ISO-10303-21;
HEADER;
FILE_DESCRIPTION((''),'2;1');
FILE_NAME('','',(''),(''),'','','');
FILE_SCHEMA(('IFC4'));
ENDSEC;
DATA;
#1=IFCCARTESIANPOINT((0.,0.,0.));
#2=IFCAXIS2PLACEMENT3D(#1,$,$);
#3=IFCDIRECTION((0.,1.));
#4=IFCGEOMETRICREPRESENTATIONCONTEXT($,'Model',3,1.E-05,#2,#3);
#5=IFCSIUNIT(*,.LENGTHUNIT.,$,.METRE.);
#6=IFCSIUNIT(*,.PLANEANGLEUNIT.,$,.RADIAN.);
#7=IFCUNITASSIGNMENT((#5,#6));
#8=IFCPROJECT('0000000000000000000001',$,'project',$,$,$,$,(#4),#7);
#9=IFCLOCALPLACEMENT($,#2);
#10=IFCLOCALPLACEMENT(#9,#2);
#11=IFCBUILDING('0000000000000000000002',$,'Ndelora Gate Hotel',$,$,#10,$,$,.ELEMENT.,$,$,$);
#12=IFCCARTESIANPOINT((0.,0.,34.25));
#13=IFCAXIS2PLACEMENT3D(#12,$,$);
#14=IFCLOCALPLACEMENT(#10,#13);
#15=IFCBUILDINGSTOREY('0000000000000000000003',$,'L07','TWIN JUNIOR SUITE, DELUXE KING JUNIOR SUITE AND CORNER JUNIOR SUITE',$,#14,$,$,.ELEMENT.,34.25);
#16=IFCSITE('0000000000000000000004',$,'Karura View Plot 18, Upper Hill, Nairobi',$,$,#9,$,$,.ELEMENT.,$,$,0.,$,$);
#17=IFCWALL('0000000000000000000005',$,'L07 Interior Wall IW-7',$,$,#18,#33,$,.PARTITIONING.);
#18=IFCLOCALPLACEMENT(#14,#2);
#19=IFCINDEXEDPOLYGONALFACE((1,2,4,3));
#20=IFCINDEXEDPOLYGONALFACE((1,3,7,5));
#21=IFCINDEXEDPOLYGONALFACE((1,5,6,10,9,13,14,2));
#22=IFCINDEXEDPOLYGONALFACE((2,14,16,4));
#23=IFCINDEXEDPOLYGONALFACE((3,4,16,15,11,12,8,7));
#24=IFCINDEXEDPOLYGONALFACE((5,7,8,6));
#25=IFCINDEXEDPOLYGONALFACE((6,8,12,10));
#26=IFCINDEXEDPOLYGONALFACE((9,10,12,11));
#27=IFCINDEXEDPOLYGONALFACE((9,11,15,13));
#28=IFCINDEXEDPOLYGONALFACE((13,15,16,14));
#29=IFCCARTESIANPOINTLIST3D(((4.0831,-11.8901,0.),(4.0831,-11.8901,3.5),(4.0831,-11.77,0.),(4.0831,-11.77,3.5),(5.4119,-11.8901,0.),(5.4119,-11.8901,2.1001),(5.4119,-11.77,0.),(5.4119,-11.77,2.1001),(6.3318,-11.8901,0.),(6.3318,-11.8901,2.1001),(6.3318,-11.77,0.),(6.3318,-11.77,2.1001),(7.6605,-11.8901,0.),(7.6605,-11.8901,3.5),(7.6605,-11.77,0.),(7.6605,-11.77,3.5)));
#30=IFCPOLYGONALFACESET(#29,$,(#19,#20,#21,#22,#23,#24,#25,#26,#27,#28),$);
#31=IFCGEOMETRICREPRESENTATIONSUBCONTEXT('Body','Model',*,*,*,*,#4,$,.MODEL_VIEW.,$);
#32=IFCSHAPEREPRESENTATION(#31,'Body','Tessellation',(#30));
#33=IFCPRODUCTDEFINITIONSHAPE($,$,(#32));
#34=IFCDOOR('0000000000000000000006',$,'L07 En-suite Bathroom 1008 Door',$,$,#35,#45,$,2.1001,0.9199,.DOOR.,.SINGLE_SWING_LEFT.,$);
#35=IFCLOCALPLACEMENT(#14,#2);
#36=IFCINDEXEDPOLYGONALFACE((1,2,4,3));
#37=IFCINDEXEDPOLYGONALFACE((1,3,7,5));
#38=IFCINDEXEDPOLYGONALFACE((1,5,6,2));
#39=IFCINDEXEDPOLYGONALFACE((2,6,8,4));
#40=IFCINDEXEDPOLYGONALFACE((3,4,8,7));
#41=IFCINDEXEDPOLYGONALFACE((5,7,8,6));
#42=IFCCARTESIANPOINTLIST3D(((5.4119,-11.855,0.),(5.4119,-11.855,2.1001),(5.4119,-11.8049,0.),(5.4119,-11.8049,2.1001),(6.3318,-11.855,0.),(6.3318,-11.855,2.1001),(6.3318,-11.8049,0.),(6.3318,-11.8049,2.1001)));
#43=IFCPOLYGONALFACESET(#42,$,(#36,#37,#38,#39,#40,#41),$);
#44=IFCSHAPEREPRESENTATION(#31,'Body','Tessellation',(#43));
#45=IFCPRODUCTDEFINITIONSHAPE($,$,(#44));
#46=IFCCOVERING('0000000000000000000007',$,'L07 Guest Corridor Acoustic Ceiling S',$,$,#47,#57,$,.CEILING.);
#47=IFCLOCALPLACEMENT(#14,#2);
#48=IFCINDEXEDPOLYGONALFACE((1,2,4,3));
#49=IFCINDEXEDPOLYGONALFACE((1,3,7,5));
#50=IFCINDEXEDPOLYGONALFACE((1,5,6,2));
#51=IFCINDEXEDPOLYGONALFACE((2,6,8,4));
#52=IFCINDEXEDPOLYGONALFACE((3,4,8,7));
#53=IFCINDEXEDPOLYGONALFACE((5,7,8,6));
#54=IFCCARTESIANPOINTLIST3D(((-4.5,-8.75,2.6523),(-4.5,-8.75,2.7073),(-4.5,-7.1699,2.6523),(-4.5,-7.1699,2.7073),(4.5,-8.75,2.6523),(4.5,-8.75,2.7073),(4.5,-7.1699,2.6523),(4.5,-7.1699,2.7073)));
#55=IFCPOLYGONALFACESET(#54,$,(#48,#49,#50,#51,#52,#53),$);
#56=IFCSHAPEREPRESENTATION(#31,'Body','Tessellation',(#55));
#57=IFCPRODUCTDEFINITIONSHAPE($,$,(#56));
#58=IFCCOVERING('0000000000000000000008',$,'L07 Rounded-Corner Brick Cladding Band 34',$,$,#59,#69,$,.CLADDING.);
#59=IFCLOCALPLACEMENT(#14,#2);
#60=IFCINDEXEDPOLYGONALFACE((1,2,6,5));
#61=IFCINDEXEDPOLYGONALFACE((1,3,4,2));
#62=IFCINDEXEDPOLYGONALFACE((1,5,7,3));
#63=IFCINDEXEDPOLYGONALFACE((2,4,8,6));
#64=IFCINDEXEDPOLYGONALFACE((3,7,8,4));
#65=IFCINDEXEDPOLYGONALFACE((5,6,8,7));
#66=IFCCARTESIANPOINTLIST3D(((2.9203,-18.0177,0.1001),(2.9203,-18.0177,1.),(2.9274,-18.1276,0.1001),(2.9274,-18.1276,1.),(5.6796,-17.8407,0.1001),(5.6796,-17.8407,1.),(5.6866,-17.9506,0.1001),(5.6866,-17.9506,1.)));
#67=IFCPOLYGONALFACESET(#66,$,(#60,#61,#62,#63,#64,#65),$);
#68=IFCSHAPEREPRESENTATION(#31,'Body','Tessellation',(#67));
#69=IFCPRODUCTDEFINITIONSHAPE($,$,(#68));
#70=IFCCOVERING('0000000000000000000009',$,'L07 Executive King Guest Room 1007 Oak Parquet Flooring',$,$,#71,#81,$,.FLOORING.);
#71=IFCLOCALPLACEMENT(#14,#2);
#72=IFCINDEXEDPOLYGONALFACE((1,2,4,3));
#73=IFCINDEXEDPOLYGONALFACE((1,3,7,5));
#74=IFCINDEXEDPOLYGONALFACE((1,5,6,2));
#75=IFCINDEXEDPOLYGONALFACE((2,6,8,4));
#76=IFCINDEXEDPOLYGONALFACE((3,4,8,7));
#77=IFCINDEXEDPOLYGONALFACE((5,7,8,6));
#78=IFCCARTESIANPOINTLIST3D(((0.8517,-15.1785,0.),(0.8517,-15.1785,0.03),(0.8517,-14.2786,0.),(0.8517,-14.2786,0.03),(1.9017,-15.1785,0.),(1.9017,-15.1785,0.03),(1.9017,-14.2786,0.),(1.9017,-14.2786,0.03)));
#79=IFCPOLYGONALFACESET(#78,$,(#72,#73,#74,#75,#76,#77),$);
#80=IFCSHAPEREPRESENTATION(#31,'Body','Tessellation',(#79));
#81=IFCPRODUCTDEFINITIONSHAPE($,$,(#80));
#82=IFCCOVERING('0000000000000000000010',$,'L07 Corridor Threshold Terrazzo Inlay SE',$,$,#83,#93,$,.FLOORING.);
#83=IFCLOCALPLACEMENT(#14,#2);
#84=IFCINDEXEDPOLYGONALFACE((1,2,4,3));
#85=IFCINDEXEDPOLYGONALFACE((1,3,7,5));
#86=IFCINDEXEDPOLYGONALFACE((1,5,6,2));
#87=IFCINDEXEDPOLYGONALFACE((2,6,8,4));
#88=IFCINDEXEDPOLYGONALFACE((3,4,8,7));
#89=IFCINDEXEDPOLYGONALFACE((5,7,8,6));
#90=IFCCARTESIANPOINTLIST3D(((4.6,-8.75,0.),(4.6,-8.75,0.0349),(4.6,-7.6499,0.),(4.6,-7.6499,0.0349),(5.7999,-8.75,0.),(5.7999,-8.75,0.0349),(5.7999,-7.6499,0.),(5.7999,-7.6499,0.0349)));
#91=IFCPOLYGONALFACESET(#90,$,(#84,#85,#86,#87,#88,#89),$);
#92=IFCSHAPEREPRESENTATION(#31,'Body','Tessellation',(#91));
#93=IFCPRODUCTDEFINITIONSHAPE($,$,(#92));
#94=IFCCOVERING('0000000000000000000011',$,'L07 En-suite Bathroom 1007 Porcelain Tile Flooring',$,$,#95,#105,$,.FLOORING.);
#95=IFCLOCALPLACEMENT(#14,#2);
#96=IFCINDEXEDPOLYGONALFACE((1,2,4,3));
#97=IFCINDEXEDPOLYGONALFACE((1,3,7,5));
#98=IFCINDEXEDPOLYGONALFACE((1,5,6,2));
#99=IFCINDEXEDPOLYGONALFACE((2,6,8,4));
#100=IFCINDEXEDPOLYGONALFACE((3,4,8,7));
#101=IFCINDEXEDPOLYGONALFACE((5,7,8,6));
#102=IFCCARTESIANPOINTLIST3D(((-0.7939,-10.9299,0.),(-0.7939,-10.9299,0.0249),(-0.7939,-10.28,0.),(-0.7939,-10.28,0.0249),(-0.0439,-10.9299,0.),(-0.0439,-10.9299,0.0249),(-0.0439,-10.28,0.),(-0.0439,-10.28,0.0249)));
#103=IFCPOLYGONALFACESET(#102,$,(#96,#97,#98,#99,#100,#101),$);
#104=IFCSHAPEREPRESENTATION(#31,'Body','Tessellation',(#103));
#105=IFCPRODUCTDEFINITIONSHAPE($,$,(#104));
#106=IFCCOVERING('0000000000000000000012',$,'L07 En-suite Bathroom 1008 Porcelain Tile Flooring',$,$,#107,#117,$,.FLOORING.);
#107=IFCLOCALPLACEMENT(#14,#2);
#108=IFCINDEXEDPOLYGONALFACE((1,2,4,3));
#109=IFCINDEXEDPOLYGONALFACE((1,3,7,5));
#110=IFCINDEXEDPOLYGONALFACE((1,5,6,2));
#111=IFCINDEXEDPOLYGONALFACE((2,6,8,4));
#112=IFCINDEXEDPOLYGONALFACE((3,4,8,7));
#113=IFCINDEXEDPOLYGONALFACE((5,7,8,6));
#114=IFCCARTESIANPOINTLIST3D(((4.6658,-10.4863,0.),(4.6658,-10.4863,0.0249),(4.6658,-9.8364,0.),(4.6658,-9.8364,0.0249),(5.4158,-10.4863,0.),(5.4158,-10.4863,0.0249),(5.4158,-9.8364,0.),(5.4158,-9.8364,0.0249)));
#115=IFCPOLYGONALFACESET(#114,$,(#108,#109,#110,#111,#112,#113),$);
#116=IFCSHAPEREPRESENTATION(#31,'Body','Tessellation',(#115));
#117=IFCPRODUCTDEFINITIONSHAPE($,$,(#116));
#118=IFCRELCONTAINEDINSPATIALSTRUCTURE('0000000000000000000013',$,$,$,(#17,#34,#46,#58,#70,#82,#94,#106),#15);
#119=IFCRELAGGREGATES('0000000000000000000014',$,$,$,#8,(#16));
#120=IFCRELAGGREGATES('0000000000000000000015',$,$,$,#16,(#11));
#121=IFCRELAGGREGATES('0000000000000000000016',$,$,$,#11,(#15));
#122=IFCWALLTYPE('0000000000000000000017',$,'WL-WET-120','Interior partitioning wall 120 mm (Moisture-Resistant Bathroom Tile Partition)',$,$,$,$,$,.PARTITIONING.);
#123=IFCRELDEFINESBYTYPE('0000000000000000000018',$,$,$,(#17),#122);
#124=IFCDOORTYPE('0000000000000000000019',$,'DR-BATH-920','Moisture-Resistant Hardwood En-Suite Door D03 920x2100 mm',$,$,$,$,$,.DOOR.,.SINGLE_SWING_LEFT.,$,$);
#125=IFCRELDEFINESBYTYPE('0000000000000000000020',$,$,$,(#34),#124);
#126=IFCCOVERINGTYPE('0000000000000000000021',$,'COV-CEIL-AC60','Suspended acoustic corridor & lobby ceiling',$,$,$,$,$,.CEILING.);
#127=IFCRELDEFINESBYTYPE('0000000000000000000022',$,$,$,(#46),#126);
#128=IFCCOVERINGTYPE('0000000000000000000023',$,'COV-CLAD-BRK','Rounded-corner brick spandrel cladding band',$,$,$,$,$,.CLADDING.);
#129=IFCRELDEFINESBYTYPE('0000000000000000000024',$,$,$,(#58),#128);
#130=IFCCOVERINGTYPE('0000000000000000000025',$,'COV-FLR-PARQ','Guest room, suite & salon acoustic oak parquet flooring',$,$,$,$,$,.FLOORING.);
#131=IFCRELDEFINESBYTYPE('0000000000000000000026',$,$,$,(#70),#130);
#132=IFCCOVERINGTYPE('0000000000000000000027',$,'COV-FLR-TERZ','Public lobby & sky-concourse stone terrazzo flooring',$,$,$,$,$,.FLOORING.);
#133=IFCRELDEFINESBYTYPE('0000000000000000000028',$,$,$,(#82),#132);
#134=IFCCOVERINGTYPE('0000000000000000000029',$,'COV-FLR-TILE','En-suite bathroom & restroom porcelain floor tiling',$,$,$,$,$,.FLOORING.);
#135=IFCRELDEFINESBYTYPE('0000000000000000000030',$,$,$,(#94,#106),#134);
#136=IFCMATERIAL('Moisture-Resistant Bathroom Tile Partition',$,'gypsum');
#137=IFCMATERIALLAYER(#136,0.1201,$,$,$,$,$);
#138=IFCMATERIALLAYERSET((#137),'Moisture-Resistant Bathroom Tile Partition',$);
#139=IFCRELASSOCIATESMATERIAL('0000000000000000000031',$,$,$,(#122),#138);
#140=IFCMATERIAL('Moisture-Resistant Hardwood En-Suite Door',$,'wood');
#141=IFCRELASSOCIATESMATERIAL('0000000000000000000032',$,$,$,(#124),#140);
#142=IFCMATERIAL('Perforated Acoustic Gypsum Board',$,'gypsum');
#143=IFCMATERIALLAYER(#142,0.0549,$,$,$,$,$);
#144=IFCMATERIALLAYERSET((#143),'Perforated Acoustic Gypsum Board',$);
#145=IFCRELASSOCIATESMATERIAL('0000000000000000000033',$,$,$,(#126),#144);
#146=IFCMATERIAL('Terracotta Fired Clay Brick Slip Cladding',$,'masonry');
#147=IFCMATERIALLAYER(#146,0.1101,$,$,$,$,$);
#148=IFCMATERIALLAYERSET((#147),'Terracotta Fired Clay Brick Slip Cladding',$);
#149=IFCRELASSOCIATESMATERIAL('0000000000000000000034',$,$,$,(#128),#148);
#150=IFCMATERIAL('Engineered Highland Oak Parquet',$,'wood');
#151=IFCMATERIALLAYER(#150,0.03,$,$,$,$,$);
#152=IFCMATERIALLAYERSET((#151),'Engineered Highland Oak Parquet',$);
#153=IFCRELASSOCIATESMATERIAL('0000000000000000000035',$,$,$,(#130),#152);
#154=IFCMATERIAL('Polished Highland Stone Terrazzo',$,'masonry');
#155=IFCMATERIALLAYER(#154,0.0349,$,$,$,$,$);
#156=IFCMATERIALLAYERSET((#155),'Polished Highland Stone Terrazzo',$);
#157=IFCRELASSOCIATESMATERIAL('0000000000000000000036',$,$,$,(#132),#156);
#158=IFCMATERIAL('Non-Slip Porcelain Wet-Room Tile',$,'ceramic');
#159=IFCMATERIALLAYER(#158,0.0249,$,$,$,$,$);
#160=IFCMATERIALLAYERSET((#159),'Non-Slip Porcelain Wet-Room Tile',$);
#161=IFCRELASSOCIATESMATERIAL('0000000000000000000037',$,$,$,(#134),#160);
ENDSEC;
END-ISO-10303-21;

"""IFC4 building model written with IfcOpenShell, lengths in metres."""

from ifc_helpers import new_model, si_unit, direction, frame, frame_2d, origin, origin_2d, place, context, subcontext, project, spatial, rectangle, extrude, material, layer, layer_set, type_object, element, fill, save


model = new_model("IFC4")

# Units and contexts
model_context = context("Model", 3, precision=1e-05, world=origin(), true_north=direction((0.0, 1.0)))
body_context = subcontext(model_context, "Body", "Model", "MODEL_VIEW")
ifc_project = project(units=[si_unit("LENGTHUNIT", "METRE"), si_unit("PLANEANGLEUNIT", "RADIAN")], contexts=[model_context])

# Site, building, storey
site_placement = place(None, origin())
site = spatial("IfcSite", under=ifc_project, at=site_placement, Name="Karura View Plot 18, Upper Hill, Nairobi", CompositionType="ELEMENT", RefElevation=0.0)
building_placement = place(site_placement, origin())
building = spatial("IfcBuilding", under=site, at=building_placement, Name="Ndelora Gate Hotel", CompositionType="ELEMENT")
storey_placement = place(building_placement, frame((0.0, 0.0, 34.25)))
storey = spatial("IfcBuildingStorey", under=building, at=storey_placement, Name="L07", Description="TWIN JUNIOR SUITE, DELUXE KING JUNIOR SUITE AND CORNER JUNIOR SUITE", CompositionType="ELEMENT", Elevation=34.25)

# Shared definitions
ifc_material_1 = material(Name="Moisture-Resistant Bathroom Tile Partition", Category="gypsum")
ifc_layer_1 = layer(ifc_material_1, 0.1201)
ifc_layer_set_1 = layer_set([ifc_layer_1], Name="Moisture-Resistant Bathroom Tile Partition")
wall_type_1 = type_object("IfcWallType", Name="WL-WET-120", Description="Interior partitioning wall 120 mm (Moisture-Resistant Bathroom Tile Partition)", PredefinedType="PARTITIONING", material=ifc_layer_set_1)

# Shared definitions
ifc_material_2 = material(Name="Moisture-Resistant Hardwood En-Suite Door", Category="wood")
door_type = type_object("IfcDoorType", Name="DR-BATH-920", Description="Moisture-Resistant Hardwood En-Suite Door D03 920x2100 mm", OperationType="SINGLE_SWING_LEFT", PredefinedType="DOOR", material=ifc_material_2)

# Wall, opening, door
wall_1_placement = place(storey_placement, frame((7.6604, -11.8301, 0.0), z_axis=(0.0, 0.0, 1.0), x_axis=(-1.0, 0.0, 0.0)))
wall_1 = element("IfcWall", 1, at=wall_1_placement, inside=storey, type_object=wall_type_1, Name="L07 Interior Wall IW-7", PredefinedType="PARTITIONING", context=body_context, shape_type="SweptSolid", body=[
    extrude(rectangle(XDim=3.5774, YDim=0.1201, at=frame_2d((1.7886, 0.0))), origin(), (0.0, 0.0, 1.0), 3.5),
])
opening_1_placement = place(wall_1_placement, frame((1.3286, 0.0, 0.0)))
opening_1 = element("IfcOpeningElement", 2, at=opening_1_placement, cuts=wall_1, PredefinedType="OPENING", context=body_context, shape_type="SweptSolid", body=[
    extrude(rectangle(XDim=0.9199, YDim=2.1001, at=frame_2d((0.46, 1.05))), frame((0.0, 0.0701, 0.0), z_axis=(0.0, -1.0, 0.0), x_axis=(1.0, 0.0, 0.0)), (0.0, 0.0, 1.0), 0.1401),
])
door_1_placement = place(opening_1_placement, origin())
door_1 = element("IfcDoor", 3, at=door_1_placement, inside=storey, type_object=door_type, Name="L07 En-suite Bathroom 1008 Door", OperationType="SINGLE_SWING_LEFT", OverallHeight=2.1001, OverallWidth=0.9199, PredefinedType="DOOR", context=body_context, shape_type="SweptSolid", body=[
    extrude(rectangle(XDim=0.9199, YDim=2.1001, at=frame_2d((0.46, 1.05))), frame((0.0, 0.0249, 0.0), z_axis=(0.0, -1.0, 0.0), x_axis=(1.0, 0.0, 0.0)), (0.0, 0.0, 1.0), 0.05),
])
fill(opening_1, door_1)

# Coverings
ifc_material_3 = material(Name="Perforated Acoustic Gypsum Board", Category="gypsum")
ifc_layer_2 = layer(ifc_material_3, 0.0549)
ifc_layer_set_2 = layer_set([ifc_layer_2], Name="Perforated Acoustic Gypsum Board")
covering_type_1 = type_object("IfcCoveringType", Name="COV-CEIL-AC60", Description="Suspended acoustic corridor & lobby ceiling", PredefinedType="CEILING", material=ifc_layer_set_2)
covering_1_placement = place(storey_placement, frame((0.0, -7.96, 2.6523), z_axis=(0.0, 0.0, 1.0), x_axis=(1.0, 0.0, 0.0)))
element("IfcCovering", 4, at=covering_1_placement, inside=storey, type_object=covering_type_1, Name="L07 Guest Corridor Acoustic Ceiling S", PredefinedType="CEILING", context=body_context, shape_type="SweptSolid", body=[
    extrude(rectangle(XDim=9.0, YDim=1.5801, at=origin_2d()), origin(), (0.0, 0.0, 1.0), 0.0549),
])
ifc_material_4 = material(Name="Terracotta Fired Clay Brick Slip Cladding", Category="masonry")
ifc_layer_3 = layer(ifc_material_4, 0.1101)
ifc_layer_set_3 = layer_set([ifc_layer_3], Name="Terracotta Fired Clay Brick Slip Cladding")
covering_type_2 = type_object("IfcCoveringType", Name="COV-CLAD-BRK", Description="Rounded-corner brick spandrel cladding band", PredefinedType="CLADDING", material=ifc_layer_set_3)
covering_2_placement = place(storey_placement, frame((4.3035, -17.9841, 0.1001), z_axis=(0.0, 0.0, 1.0), x_axis=(0.997949, 0.06401, 0.0)))
element("IfcCovering", 5, at=covering_2_placement, inside=storey, type_object=covering_type_2, Name="L07 Rounded-Corner Brick Cladding Band 34", PredefinedType="CLADDING", context=body_context, shape_type="SweptSolid", body=[
    extrude(rectangle(XDim=2.7649, YDim=0.1101, at=origin_2d()), origin(), (0.0, 0.0, 1.0), 0.8999),
])
ifc_material_5 = material(Name="Engineered Highland Oak Parquet", Category="wood")
ifc_layer_4 = layer(ifc_material_5, 0.03)
ifc_layer_set_4 = layer_set([ifc_layer_4], Name="Engineered Highland Oak Parquet")
covering_type_3 = type_object("IfcCoveringType", Name="COV-FLR-PARQ", Description="Guest room, suite & salon acoustic oak parquet flooring", PredefinedType="FLOORING", material=ifc_layer_set_4)
covering_3_placement = place(storey_placement, frame((1.3767, -14.7285, 0.0), z_axis=(0.0, 0.0, 1.0), x_axis=(1.0, 0.0, 0.0)))
element("IfcCovering", 6, at=covering_3_placement, inside=storey, type_object=covering_type_3, Name="L07 Executive King Guest Room 1007 Oak Parquet Flooring", PredefinedType="FLOORING", context=body_context, shape_type="SweptSolid", body=[
    extrude(rectangle(XDim=1.05, YDim=0.8999, at=origin_2d()), origin(), (0.0, 0.0, 1.0), 0.03),
])
ifc_material_6 = material(Name="Polished Highland Stone Terrazzo", Category="masonry")
ifc_layer_5 = layer(ifc_material_6, 0.0349)
ifc_layer_set_5 = layer_set([ifc_layer_5], Name="Polished Highland Stone Terrazzo")
covering_type_4 = type_object("IfcCoveringType", Name="COV-FLR-TERZ", Description="Public lobby & sky-concourse stone terrazzo flooring", PredefinedType="FLOORING", material=ifc_layer_set_5)
covering_4_placement = place(storey_placement, frame((5.2, -8.2, 0.0), z_axis=(0.0, 0.0, 1.0), x_axis=(1.0, 0.0, 0.0)))
element("IfcCovering", 7, at=covering_4_placement, inside=storey, type_object=covering_type_4, Name="L07 Corridor Threshold Terrazzo Inlay SE", PredefinedType="FLOORING", context=body_context, shape_type="SweptSolid", body=[
    extrude(rectangle(XDim=1.2, YDim=1.1001, at=origin_2d()), origin(), (0.0, 0.0, 1.0), 0.0349),
])
ifc_material_7 = material(Name="Non-Slip Porcelain Wet-Room Tile", Category="ceramic")
ifc_layer_6 = layer(ifc_material_7, 0.0249)
ifc_layer_set_6 = layer_set([ifc_layer_6], Name="Non-Slip Porcelain Wet-Room Tile")
covering_type_5 = type_object("IfcCoveringType", Name="COV-FLR-TILE", Description="En-suite bathroom & restroom porcelain floor tiling", PredefinedType="FLOORING", material=ifc_layer_set_6)
for number, where, z_axis, x_axis, name in (
    (8, (-0.4189, -10.605, 0.0), (0.0, 0.0, 1.0), (1.0, 0.0, 0.0), "L07 En-suite Bathroom 1007 Porcelain Tile Flooring"),
    (9, (5.0408, -10.1614, 0.0), (0.0, 0.0, 1.0), (1.0, 0.0, 0.0), "L07 En-suite Bathroom 1008 Porcelain Tile Flooring"),
):
    element("IfcCovering", number, at=place(storey_placement, frame(where, z_axis=z_axis, x_axis=x_axis)), inside=storey, type_object=covering_type_5, Name=name, PredefinedType="FLOORING", context=body_context, shape_type="SweptSolid", body=[
        extrude(rectangle(XDim=0.75, YDim=0.6499, at=origin_2d()), origin(), (0.0, 0.0, 1.0), 0.0249),
    ])

save(model, "model.ifc")
